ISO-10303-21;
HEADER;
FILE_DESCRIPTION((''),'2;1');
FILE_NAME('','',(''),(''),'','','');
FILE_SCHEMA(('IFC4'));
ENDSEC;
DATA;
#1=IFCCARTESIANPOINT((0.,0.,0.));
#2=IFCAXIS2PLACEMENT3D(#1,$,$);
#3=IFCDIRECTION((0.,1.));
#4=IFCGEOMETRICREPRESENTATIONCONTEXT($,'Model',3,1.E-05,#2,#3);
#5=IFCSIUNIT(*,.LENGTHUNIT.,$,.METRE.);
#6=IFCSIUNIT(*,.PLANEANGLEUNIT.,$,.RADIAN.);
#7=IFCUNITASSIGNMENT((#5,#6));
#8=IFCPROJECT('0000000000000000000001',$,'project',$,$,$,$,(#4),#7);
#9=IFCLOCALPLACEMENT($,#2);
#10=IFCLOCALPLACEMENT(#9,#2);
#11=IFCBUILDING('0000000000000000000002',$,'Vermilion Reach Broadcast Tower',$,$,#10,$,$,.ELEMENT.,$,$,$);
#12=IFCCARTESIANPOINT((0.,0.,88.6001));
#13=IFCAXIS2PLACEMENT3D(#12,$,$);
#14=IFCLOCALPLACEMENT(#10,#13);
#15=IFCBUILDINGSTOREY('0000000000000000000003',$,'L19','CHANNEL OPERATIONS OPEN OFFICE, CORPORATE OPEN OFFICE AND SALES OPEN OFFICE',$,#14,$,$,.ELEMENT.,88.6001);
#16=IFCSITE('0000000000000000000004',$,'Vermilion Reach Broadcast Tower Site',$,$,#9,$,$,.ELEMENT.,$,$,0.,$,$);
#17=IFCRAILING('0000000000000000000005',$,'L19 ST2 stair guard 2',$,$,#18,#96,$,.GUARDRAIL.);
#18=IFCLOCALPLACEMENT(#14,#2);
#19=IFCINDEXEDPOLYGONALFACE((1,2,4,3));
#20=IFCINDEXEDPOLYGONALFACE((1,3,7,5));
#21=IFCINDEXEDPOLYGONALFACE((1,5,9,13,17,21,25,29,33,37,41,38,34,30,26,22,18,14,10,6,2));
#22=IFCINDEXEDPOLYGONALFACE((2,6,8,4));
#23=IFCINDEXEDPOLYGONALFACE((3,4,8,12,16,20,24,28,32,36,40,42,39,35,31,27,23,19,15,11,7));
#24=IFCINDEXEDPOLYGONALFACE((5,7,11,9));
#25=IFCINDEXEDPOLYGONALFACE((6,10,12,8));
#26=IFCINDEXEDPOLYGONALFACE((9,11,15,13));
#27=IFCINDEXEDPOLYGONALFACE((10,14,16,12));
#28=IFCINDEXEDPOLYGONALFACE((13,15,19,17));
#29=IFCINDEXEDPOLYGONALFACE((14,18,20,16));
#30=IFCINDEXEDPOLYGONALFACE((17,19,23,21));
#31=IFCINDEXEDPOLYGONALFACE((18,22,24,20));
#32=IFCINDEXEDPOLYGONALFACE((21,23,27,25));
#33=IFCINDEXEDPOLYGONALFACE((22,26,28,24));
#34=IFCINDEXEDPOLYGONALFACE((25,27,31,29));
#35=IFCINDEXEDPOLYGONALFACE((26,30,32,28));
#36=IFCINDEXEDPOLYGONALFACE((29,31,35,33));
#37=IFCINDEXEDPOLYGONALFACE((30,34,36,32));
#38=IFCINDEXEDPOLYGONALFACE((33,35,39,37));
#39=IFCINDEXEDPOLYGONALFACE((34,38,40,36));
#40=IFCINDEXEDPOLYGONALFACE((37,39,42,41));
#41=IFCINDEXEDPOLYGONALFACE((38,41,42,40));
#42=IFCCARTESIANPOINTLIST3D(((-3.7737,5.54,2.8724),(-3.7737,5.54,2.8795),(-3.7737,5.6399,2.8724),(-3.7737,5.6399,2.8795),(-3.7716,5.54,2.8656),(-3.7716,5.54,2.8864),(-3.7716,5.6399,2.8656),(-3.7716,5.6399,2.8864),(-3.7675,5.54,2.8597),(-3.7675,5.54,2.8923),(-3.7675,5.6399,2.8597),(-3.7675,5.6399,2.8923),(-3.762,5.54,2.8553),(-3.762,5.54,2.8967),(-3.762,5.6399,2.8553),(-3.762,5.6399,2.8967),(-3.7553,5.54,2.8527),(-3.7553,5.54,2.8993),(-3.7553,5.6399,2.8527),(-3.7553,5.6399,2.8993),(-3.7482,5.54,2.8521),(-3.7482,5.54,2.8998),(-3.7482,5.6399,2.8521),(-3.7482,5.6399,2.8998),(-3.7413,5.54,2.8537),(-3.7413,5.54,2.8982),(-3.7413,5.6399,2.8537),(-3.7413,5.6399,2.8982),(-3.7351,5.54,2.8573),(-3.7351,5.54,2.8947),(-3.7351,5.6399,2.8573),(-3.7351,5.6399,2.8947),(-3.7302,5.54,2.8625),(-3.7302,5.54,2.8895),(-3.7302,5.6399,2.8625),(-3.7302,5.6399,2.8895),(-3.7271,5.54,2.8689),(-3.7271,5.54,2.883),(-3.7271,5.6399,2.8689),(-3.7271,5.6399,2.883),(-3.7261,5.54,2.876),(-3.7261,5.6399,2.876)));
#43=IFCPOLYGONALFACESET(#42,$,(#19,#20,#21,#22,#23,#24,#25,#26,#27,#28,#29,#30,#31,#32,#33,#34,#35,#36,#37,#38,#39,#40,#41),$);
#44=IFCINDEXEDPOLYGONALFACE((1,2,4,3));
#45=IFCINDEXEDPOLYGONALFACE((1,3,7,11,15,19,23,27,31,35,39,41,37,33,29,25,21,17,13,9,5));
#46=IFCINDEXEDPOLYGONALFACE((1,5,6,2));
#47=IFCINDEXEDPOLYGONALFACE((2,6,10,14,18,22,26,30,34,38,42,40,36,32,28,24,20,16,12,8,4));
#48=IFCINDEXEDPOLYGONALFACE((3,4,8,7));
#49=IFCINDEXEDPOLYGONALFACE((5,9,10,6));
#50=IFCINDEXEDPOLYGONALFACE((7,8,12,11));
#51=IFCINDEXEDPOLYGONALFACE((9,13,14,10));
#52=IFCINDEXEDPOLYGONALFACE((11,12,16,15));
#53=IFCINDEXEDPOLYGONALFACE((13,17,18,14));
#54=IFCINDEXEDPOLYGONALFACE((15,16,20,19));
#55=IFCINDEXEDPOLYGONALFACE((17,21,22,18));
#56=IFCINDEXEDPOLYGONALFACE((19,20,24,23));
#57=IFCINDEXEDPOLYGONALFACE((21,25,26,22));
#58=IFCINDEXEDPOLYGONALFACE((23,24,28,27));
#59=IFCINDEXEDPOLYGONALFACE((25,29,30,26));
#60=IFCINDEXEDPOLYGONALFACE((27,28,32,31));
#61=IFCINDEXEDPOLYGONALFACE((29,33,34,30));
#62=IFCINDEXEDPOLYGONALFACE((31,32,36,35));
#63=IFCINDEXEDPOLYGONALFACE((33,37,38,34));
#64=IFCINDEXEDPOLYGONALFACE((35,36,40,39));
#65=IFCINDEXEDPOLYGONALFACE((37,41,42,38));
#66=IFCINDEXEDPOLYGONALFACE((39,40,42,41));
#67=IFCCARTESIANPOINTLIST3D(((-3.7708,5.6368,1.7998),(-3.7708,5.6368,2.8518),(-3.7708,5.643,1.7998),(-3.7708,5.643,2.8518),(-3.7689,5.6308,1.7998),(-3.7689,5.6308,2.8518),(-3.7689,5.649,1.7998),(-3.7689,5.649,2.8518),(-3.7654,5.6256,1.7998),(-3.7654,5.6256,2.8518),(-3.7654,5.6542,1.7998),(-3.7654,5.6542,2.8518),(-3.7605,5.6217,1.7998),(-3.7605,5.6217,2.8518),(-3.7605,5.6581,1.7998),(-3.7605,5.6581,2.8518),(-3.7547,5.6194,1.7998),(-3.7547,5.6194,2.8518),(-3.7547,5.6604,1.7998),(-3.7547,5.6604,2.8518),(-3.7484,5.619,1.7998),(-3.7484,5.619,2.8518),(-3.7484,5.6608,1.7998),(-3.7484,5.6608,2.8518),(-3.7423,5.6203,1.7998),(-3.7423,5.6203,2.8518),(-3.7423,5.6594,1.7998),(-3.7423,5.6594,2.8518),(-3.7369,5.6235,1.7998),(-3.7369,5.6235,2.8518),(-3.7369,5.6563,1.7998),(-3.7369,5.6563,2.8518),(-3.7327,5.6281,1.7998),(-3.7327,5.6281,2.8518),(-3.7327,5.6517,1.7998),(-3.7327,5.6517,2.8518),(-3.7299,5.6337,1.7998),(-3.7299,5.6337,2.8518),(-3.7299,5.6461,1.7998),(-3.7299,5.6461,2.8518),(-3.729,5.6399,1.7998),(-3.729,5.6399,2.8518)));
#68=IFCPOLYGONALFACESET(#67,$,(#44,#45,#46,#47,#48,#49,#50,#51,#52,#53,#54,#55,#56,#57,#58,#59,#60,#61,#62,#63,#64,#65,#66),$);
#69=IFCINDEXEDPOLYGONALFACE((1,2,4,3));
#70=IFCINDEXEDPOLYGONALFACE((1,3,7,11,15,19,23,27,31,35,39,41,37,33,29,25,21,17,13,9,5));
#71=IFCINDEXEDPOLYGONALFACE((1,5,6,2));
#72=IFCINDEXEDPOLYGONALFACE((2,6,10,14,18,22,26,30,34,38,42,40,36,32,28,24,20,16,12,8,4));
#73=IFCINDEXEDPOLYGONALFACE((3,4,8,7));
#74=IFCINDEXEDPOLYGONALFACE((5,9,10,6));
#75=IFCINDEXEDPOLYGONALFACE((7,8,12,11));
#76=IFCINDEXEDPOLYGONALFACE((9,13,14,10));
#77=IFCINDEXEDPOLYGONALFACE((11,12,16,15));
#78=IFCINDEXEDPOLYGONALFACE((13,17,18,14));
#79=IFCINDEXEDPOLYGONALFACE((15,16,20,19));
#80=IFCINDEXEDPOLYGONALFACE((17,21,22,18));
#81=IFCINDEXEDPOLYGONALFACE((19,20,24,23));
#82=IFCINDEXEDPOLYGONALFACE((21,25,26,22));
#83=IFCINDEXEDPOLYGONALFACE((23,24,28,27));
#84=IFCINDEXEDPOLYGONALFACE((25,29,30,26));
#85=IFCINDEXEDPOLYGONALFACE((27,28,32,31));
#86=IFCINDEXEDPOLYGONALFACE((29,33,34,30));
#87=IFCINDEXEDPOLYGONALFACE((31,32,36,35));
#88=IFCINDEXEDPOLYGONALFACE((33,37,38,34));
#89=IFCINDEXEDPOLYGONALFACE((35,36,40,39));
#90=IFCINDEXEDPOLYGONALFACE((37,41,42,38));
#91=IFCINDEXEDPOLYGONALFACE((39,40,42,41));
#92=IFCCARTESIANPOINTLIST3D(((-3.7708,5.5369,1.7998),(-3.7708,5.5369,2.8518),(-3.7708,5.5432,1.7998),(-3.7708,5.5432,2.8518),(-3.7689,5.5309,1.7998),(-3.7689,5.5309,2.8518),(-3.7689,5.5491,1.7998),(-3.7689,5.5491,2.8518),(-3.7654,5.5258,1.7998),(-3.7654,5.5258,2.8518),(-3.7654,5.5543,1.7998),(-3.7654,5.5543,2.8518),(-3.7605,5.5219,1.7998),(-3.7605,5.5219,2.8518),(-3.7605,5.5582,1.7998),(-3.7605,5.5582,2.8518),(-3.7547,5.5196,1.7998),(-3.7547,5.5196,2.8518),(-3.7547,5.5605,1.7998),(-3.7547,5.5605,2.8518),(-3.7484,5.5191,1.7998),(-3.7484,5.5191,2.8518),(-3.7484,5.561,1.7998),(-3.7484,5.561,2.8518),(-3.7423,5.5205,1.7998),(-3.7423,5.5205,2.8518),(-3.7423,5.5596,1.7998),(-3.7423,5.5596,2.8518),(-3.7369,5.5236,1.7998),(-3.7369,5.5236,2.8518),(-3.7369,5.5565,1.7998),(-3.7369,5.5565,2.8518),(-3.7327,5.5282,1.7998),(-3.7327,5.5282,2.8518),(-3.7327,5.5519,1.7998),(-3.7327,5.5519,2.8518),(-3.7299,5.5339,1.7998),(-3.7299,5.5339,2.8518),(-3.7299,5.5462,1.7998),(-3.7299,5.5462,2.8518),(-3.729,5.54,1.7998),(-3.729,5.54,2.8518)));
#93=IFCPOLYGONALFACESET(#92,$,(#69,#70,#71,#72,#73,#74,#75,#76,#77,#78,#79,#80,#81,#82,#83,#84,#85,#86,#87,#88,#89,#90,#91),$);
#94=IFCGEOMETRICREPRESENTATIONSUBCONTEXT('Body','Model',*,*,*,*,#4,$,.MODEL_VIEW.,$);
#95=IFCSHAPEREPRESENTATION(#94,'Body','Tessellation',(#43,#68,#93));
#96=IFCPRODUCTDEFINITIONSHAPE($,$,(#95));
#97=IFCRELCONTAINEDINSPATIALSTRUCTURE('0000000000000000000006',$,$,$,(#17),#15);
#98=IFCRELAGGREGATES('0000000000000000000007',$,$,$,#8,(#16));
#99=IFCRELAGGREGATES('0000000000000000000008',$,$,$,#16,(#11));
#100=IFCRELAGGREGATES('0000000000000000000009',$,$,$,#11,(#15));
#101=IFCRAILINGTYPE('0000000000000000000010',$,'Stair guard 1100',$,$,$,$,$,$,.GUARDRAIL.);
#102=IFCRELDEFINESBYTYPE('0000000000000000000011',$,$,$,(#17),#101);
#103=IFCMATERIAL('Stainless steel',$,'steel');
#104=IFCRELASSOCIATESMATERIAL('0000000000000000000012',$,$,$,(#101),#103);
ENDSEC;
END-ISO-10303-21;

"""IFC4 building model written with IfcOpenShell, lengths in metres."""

from ifc_helpers import new_model, si_unit, direction, frame, origin, origin_2d, place, context, subcontext, project, spatial, circle, extrude, material, type_object, element, save


model = new_model("IFC4")

# Units and contexts
model_context = context("Model", 3, precision=1e-05, world=origin(), true_north=direction((0.0, 1.0)))
body_context = subcontext(model_context, "Body", "Model", "MODEL_VIEW")
ifc_project = project(units=[si_unit("LENGTHUNIT", "METRE"), si_unit("PLANEANGLEUNIT", "RADIAN")], contexts=[model_context])

# Site, building, storey
site_placement = place(None, origin())
site = spatial("IfcSite", under=ifc_project, at=site_placement, Name="Vermilion Reach Broadcast Tower Site", CompositionType="ELEMENT", RefElevation=0.0)
building_placement = place(site_placement, origin())
building = spatial("IfcBuilding", under=site, at=building_placement, Name="Vermilion Reach Broadcast Tower", CompositionType="ELEMENT")
storey_placement = place(building_placement, frame((0.0, 0.0, 88.6001)))
storey = spatial("IfcBuildingStorey", under=building, at=storey_placement, Name="L19", Description="CHANNEL OPERATIONS OPEN OFFICE, CORPORATE OPEN OFFICE AND SALES OPEN OFFICE", CompositionType="ELEMENT", Elevation=88.6001)

# Railing
ifc_material_1 = material(Name="Stainless steel", Category="steel")
railing_type_1 = type_object("IfcRailingType", Name="Stair guard 1100", PredefinedType="GUARDRAIL", material=ifc_material_1)
railing_1_placement = place(storey_placement, frame((-3.75, 5.6399, 1.7998)))
element("IfcRailing", 1, at=railing_1_placement, inside=storey, type_object=railing_type_1, Name="L19 ST2 stair guard 2", PredefinedType="GUARDRAIL", context=body_context, shape_type="SweptSolid", body=[
    extrude(circle(Radius=0.0239, at=origin_2d()), frame((0.0, 0.0, 1.0762), z_axis=(0.0, -1.0, 0.0), x_axis=(1.0, 0.0, 0.0)), (0.0, 0.0, 1.0), 0.0999),
    extrude(circle(Radius=0.021, at=origin_2d()), origin(), (0.0, 0.0, 1.0), 1.052),
    extrude(circle(Radius=0.021, at=origin_2d()), frame((0.0, -0.0999, 0.0)), (0.0, 0.0, 1.0), 1.052),
])

save(model, "model.ifc")
